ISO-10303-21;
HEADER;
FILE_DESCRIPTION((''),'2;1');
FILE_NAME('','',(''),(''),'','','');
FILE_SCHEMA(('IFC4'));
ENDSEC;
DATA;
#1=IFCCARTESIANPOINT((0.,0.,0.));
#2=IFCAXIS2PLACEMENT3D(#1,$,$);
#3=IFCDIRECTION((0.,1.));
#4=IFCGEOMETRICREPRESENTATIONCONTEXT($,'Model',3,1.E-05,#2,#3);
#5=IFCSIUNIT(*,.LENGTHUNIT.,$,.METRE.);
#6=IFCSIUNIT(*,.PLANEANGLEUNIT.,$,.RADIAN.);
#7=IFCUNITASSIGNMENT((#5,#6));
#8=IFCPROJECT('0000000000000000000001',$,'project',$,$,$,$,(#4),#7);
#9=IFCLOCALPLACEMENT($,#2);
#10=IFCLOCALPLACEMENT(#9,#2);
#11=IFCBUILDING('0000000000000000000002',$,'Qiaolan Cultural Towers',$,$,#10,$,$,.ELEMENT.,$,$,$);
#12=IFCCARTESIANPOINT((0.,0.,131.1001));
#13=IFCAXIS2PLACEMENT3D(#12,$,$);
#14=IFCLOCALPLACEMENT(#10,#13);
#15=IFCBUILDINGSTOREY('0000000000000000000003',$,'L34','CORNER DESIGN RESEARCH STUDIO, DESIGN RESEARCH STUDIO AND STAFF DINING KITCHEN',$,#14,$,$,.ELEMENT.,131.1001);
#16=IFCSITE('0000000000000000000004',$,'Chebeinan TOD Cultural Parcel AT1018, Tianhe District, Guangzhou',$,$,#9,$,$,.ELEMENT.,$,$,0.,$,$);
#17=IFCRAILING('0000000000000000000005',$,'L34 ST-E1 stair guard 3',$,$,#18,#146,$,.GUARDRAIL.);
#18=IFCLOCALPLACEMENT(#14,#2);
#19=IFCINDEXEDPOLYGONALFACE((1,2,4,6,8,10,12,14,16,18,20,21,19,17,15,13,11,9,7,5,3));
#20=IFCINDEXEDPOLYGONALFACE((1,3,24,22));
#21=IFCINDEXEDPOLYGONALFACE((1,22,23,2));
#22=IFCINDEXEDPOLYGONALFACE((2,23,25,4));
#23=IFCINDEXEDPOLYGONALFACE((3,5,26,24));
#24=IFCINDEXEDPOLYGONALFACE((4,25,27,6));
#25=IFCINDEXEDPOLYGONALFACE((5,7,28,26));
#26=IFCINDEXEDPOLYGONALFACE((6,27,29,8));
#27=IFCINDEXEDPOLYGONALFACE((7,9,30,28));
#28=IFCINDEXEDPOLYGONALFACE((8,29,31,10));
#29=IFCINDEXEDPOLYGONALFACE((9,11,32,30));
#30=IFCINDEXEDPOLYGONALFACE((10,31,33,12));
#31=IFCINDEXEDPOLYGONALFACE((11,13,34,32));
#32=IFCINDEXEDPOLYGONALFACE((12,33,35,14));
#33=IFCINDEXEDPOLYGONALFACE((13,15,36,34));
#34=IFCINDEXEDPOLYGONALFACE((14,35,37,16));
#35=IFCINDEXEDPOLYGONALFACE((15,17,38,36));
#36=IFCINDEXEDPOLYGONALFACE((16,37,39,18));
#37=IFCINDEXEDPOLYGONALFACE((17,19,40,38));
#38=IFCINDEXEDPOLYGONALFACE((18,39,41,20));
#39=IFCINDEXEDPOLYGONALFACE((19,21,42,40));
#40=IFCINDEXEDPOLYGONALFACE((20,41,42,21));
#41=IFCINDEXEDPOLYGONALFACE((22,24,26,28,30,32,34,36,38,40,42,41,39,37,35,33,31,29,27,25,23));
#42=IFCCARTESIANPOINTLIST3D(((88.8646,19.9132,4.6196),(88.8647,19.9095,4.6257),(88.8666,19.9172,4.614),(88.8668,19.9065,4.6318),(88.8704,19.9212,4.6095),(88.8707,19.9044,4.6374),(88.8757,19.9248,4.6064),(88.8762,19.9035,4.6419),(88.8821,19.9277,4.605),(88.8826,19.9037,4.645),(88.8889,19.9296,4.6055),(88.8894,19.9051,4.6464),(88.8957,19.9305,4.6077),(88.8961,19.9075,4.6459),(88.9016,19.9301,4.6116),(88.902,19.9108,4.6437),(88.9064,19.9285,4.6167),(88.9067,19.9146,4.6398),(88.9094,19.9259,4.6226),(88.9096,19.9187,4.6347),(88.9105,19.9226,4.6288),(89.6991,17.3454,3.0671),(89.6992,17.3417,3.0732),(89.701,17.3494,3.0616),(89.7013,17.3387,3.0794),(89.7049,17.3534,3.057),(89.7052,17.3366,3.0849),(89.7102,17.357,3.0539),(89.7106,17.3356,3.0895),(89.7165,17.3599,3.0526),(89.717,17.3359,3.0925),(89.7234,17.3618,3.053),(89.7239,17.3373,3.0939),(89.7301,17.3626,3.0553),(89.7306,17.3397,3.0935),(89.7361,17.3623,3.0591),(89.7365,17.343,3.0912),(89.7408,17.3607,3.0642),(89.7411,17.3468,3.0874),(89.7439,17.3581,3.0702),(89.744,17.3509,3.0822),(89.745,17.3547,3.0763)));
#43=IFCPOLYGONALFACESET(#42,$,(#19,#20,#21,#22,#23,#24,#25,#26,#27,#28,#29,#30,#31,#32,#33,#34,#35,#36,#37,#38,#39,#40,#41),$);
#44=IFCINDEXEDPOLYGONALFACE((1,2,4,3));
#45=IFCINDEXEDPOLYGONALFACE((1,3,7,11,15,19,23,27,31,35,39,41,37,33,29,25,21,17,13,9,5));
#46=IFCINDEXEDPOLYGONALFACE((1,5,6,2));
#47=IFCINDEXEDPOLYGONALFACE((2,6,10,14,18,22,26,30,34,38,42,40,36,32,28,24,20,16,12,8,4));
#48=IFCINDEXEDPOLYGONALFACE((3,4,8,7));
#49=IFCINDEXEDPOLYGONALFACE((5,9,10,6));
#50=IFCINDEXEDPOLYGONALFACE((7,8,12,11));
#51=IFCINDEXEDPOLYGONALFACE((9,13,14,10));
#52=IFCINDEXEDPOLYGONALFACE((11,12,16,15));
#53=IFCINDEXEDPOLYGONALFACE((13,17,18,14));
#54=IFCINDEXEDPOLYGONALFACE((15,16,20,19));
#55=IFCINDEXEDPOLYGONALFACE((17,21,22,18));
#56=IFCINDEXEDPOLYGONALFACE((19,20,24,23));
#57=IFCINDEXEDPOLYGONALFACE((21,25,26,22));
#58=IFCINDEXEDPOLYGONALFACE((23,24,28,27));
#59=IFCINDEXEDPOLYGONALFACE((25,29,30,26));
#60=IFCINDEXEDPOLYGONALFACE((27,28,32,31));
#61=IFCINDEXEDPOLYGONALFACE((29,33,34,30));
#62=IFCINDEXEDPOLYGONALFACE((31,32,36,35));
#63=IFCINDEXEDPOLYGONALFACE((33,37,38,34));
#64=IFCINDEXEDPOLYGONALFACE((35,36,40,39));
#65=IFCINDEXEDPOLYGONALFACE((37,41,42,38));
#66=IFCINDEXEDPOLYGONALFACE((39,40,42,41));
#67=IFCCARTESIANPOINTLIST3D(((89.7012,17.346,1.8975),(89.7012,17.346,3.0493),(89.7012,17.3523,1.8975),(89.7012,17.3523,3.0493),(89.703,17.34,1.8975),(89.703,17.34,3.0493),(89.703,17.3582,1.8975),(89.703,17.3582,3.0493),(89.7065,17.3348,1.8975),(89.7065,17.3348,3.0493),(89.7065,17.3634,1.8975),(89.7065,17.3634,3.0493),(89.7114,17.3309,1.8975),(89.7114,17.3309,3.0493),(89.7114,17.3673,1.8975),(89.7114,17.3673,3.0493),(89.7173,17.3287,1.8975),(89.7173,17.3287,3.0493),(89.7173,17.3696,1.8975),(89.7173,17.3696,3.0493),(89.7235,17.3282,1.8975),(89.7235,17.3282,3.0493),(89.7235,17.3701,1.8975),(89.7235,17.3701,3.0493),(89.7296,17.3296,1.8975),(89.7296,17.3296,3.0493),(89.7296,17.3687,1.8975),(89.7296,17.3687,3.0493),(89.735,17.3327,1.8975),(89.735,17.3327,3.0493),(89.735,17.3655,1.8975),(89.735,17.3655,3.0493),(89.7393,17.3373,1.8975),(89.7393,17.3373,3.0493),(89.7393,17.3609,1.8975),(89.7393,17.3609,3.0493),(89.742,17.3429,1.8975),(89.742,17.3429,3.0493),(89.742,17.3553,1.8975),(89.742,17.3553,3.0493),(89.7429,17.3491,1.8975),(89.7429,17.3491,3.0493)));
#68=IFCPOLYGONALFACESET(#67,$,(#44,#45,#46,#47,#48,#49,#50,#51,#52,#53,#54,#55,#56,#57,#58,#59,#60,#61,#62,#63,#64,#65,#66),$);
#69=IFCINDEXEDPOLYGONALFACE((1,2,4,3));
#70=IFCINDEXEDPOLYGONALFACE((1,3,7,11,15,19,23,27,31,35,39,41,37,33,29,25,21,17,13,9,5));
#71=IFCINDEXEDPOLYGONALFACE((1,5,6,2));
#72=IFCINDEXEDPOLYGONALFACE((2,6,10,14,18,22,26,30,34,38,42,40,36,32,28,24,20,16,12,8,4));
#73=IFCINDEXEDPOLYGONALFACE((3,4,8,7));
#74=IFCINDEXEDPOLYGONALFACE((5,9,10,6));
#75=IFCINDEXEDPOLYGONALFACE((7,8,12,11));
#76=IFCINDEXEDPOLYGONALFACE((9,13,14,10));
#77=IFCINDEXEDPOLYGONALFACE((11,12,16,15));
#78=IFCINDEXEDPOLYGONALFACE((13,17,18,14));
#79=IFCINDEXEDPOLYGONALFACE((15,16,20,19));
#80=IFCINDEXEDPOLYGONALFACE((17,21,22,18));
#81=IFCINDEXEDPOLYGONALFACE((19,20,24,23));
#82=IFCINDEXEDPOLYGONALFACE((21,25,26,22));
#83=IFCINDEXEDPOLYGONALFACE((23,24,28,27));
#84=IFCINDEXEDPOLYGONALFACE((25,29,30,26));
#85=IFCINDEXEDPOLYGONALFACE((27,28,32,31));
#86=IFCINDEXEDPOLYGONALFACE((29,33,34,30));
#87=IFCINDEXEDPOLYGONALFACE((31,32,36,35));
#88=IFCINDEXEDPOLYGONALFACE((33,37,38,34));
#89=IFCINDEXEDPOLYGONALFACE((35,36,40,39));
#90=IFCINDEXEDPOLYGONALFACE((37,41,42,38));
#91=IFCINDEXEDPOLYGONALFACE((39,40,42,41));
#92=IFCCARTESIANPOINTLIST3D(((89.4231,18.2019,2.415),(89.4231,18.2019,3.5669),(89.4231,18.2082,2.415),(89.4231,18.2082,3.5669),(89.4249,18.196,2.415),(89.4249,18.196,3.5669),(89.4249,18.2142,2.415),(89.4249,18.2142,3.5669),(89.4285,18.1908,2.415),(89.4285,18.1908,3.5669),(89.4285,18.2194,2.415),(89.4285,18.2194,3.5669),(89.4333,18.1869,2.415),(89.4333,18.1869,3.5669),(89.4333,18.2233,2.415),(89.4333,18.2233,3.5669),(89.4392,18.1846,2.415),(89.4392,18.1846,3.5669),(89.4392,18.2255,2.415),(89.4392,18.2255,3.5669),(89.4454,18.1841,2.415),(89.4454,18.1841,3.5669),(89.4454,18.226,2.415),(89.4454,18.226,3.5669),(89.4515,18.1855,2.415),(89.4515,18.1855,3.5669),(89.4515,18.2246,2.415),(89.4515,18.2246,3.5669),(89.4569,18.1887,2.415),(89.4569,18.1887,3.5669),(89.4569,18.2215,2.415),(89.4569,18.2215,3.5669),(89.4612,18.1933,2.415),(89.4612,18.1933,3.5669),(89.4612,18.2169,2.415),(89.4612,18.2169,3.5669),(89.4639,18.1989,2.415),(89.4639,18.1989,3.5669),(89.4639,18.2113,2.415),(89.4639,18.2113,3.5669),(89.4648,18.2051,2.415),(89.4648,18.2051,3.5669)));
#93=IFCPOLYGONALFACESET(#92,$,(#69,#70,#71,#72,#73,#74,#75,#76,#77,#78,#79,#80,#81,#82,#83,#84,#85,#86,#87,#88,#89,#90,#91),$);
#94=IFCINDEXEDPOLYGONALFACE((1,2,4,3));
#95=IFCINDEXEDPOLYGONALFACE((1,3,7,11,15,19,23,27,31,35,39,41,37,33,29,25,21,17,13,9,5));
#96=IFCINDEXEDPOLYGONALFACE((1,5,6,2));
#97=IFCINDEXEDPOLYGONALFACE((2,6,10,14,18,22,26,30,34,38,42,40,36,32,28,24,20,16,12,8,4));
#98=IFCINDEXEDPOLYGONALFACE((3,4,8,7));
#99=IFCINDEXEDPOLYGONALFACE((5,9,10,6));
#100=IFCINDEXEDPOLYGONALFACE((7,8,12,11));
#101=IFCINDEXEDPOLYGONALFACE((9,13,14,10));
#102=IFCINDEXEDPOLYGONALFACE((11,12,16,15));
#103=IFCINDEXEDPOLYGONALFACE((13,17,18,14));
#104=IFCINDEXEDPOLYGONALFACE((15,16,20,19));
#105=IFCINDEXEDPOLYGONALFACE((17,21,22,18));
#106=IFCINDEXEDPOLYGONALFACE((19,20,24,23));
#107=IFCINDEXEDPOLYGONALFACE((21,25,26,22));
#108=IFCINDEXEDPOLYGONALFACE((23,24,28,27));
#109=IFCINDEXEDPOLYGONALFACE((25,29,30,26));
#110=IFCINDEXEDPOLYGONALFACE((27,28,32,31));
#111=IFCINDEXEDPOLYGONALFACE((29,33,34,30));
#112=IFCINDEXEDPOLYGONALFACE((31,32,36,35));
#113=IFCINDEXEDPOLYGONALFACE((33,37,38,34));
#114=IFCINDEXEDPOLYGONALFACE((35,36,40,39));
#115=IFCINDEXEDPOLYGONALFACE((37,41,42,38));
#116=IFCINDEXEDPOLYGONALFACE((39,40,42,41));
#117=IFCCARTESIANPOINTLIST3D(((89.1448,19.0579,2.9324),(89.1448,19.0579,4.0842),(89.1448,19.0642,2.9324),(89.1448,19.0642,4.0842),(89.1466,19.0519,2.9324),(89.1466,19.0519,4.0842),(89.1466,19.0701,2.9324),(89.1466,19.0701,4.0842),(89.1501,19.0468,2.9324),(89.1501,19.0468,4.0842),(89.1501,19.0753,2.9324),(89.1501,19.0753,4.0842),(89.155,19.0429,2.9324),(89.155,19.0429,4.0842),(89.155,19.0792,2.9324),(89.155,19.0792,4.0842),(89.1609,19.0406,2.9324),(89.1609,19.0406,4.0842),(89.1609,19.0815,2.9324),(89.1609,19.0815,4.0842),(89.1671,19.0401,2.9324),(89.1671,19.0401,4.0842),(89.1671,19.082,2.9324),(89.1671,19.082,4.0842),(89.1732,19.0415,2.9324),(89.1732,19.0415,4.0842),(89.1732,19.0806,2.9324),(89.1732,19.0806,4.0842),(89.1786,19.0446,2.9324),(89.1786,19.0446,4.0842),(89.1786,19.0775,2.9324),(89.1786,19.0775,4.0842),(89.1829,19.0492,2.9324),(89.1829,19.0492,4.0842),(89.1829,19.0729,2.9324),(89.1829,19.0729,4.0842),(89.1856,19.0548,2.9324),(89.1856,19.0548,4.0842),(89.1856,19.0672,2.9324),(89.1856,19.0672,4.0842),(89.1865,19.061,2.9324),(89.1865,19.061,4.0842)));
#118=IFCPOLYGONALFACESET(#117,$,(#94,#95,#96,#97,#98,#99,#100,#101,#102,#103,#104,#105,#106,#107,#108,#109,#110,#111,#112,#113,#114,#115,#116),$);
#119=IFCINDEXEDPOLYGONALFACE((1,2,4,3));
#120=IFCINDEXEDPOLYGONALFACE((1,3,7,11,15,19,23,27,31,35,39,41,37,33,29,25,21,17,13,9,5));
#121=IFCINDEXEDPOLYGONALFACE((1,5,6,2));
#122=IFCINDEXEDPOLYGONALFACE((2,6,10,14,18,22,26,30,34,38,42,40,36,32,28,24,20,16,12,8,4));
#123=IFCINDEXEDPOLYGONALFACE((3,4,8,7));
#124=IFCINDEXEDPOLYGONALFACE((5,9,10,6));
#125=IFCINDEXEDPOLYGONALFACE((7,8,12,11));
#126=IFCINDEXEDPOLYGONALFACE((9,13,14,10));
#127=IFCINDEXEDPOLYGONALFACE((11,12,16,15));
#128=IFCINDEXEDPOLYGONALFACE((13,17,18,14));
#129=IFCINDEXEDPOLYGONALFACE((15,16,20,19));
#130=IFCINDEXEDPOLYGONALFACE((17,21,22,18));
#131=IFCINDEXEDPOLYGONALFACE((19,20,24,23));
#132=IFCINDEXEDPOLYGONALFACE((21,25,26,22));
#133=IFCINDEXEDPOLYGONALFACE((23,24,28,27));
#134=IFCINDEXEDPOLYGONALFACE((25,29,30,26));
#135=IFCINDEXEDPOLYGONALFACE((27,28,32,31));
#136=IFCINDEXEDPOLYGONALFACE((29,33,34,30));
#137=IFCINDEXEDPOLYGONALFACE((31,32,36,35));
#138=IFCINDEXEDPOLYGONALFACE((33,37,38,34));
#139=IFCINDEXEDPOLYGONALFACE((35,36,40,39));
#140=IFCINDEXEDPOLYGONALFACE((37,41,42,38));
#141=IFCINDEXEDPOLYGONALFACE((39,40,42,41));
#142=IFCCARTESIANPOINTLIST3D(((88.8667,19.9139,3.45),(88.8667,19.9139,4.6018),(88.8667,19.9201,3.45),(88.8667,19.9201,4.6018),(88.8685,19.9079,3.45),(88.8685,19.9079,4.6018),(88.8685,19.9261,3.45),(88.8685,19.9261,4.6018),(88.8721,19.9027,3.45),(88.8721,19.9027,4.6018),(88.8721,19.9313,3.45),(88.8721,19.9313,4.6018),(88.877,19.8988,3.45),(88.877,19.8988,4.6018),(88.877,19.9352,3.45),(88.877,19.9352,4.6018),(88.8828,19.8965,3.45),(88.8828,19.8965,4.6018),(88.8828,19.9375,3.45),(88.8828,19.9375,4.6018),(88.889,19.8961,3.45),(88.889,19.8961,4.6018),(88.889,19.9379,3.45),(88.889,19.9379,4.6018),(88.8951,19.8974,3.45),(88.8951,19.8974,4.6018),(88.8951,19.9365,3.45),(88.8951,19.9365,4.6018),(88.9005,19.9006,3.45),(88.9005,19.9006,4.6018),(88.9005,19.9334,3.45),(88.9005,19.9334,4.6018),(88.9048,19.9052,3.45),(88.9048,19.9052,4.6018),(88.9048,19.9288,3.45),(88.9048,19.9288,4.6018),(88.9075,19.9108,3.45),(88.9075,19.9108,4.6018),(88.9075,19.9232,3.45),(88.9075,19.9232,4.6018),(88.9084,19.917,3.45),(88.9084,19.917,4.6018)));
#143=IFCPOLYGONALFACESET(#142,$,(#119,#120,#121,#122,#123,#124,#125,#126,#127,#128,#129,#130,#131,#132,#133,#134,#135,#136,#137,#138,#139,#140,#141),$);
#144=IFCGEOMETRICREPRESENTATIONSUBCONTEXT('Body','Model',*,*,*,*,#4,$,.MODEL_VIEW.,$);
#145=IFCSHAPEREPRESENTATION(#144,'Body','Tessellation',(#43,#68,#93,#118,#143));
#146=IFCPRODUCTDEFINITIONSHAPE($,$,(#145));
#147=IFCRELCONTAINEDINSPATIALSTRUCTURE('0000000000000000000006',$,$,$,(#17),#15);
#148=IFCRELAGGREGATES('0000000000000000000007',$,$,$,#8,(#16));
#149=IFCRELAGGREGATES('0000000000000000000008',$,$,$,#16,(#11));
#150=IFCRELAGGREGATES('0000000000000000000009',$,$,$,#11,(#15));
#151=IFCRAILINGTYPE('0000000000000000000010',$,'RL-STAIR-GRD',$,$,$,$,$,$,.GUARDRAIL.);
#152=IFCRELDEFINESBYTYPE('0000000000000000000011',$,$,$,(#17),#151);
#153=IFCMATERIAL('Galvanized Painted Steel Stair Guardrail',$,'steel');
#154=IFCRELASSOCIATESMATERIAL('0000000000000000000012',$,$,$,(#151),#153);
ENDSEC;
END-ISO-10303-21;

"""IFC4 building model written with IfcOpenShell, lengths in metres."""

from ifc_helpers import new_model, si_unit, direction, frame, origin, origin_2d, place, context, subcontext, project, spatial, circle, extrude, material, type_object, element, save


model = new_model("IFC4")

# Units and contexts
model_context = context("Model", 3, precision=1e-05, world=origin(), true_north=direction((0.0, 1.0)))
body_context = subcontext(model_context, "Body", "Model", "MODEL_VIEW")
ifc_project = project(units=[si_unit("LENGTHUNIT", "METRE"), si_unit("PLANEANGLEUNIT", "RADIAN")], contexts=[model_context])

# Site, building, storey
site_placement = place(None, origin())
site = spatial("IfcSite", under=ifc_project, at=site_placement, Name="Chebeinan TOD Cultural Parcel AT1018, Tianhe District, Guangzhou", CompositionType="ELEMENT", RefElevation=0.0)
building_placement = place(site_placement, origin())
building = spatial("IfcBuilding", under=site, at=building_placement, Name="Qiaolan Cultural Towers", CompositionType="ELEMENT")
storey_placement = place(building_placement, frame((0.0, 0.0, 131.1001)))
storey = spatial("IfcBuildingStorey", under=building, at=storey_placement, Name="L34", Description="CORNER DESIGN RESEARCH STUDIO, DESIGN RESEARCH STUDIO AND STAFF DINING KITCHEN", CompositionType="ELEMENT", Elevation=131.1001)

# Railing
ifc_material_1 = material(Name="Galvanized Painted Steel Stair Guardrail", Category="steel")
railing_type_1 = type_object("IfcRailingType", Name="RL-STAIR-GRD", PredefinedType="GUARDRAIL", material=ifc_material_1)
railing_1_placement = place(storey_placement, frame((89.7219, 17.3491, 1.8975)))
element("IfcRailing", 1, at=railing_1_placement, inside=storey, type_object=railing_type_1, Name="L34 ST-E1 stair guard 3", PredefinedType="GUARDRAIL", context=body_context, shape_type="SweptSolid", body=[
    extrude(circle(Radius=0.0239, at=origin_2d()), frame((0.0, 0.0, 1.1758), z_axis=(-0.267926, 0.824471, 0.498461), x_axis=(-0.951043, -0.309057, 0.0)), (0.0, 0.0, 1.0), 3.1145),
    extrude(circle(Radius=0.021, at=origin_2d()), origin(), (0.0, 0.0, 1.0), 1.1519),
    extrude(circle(Radius=0.021, at=origin_2d()), frame((-0.2781, 0.856, 0.5176)), (0.0, 0.0, 1.0), 1.1519),
    extrude(circle(Radius=0.021, at=origin_2d()), frame((-0.5564, 1.7119, 1.0349)), (0.0, 0.0, 1.0), 1.1519),
    extrude(circle(Radius=0.021, at=origin_2d()), frame((-0.8345, 2.5679, 1.5525)), (0.0, 0.0, 1.0), 1.1519),
])

save(model, "model.ifc")
